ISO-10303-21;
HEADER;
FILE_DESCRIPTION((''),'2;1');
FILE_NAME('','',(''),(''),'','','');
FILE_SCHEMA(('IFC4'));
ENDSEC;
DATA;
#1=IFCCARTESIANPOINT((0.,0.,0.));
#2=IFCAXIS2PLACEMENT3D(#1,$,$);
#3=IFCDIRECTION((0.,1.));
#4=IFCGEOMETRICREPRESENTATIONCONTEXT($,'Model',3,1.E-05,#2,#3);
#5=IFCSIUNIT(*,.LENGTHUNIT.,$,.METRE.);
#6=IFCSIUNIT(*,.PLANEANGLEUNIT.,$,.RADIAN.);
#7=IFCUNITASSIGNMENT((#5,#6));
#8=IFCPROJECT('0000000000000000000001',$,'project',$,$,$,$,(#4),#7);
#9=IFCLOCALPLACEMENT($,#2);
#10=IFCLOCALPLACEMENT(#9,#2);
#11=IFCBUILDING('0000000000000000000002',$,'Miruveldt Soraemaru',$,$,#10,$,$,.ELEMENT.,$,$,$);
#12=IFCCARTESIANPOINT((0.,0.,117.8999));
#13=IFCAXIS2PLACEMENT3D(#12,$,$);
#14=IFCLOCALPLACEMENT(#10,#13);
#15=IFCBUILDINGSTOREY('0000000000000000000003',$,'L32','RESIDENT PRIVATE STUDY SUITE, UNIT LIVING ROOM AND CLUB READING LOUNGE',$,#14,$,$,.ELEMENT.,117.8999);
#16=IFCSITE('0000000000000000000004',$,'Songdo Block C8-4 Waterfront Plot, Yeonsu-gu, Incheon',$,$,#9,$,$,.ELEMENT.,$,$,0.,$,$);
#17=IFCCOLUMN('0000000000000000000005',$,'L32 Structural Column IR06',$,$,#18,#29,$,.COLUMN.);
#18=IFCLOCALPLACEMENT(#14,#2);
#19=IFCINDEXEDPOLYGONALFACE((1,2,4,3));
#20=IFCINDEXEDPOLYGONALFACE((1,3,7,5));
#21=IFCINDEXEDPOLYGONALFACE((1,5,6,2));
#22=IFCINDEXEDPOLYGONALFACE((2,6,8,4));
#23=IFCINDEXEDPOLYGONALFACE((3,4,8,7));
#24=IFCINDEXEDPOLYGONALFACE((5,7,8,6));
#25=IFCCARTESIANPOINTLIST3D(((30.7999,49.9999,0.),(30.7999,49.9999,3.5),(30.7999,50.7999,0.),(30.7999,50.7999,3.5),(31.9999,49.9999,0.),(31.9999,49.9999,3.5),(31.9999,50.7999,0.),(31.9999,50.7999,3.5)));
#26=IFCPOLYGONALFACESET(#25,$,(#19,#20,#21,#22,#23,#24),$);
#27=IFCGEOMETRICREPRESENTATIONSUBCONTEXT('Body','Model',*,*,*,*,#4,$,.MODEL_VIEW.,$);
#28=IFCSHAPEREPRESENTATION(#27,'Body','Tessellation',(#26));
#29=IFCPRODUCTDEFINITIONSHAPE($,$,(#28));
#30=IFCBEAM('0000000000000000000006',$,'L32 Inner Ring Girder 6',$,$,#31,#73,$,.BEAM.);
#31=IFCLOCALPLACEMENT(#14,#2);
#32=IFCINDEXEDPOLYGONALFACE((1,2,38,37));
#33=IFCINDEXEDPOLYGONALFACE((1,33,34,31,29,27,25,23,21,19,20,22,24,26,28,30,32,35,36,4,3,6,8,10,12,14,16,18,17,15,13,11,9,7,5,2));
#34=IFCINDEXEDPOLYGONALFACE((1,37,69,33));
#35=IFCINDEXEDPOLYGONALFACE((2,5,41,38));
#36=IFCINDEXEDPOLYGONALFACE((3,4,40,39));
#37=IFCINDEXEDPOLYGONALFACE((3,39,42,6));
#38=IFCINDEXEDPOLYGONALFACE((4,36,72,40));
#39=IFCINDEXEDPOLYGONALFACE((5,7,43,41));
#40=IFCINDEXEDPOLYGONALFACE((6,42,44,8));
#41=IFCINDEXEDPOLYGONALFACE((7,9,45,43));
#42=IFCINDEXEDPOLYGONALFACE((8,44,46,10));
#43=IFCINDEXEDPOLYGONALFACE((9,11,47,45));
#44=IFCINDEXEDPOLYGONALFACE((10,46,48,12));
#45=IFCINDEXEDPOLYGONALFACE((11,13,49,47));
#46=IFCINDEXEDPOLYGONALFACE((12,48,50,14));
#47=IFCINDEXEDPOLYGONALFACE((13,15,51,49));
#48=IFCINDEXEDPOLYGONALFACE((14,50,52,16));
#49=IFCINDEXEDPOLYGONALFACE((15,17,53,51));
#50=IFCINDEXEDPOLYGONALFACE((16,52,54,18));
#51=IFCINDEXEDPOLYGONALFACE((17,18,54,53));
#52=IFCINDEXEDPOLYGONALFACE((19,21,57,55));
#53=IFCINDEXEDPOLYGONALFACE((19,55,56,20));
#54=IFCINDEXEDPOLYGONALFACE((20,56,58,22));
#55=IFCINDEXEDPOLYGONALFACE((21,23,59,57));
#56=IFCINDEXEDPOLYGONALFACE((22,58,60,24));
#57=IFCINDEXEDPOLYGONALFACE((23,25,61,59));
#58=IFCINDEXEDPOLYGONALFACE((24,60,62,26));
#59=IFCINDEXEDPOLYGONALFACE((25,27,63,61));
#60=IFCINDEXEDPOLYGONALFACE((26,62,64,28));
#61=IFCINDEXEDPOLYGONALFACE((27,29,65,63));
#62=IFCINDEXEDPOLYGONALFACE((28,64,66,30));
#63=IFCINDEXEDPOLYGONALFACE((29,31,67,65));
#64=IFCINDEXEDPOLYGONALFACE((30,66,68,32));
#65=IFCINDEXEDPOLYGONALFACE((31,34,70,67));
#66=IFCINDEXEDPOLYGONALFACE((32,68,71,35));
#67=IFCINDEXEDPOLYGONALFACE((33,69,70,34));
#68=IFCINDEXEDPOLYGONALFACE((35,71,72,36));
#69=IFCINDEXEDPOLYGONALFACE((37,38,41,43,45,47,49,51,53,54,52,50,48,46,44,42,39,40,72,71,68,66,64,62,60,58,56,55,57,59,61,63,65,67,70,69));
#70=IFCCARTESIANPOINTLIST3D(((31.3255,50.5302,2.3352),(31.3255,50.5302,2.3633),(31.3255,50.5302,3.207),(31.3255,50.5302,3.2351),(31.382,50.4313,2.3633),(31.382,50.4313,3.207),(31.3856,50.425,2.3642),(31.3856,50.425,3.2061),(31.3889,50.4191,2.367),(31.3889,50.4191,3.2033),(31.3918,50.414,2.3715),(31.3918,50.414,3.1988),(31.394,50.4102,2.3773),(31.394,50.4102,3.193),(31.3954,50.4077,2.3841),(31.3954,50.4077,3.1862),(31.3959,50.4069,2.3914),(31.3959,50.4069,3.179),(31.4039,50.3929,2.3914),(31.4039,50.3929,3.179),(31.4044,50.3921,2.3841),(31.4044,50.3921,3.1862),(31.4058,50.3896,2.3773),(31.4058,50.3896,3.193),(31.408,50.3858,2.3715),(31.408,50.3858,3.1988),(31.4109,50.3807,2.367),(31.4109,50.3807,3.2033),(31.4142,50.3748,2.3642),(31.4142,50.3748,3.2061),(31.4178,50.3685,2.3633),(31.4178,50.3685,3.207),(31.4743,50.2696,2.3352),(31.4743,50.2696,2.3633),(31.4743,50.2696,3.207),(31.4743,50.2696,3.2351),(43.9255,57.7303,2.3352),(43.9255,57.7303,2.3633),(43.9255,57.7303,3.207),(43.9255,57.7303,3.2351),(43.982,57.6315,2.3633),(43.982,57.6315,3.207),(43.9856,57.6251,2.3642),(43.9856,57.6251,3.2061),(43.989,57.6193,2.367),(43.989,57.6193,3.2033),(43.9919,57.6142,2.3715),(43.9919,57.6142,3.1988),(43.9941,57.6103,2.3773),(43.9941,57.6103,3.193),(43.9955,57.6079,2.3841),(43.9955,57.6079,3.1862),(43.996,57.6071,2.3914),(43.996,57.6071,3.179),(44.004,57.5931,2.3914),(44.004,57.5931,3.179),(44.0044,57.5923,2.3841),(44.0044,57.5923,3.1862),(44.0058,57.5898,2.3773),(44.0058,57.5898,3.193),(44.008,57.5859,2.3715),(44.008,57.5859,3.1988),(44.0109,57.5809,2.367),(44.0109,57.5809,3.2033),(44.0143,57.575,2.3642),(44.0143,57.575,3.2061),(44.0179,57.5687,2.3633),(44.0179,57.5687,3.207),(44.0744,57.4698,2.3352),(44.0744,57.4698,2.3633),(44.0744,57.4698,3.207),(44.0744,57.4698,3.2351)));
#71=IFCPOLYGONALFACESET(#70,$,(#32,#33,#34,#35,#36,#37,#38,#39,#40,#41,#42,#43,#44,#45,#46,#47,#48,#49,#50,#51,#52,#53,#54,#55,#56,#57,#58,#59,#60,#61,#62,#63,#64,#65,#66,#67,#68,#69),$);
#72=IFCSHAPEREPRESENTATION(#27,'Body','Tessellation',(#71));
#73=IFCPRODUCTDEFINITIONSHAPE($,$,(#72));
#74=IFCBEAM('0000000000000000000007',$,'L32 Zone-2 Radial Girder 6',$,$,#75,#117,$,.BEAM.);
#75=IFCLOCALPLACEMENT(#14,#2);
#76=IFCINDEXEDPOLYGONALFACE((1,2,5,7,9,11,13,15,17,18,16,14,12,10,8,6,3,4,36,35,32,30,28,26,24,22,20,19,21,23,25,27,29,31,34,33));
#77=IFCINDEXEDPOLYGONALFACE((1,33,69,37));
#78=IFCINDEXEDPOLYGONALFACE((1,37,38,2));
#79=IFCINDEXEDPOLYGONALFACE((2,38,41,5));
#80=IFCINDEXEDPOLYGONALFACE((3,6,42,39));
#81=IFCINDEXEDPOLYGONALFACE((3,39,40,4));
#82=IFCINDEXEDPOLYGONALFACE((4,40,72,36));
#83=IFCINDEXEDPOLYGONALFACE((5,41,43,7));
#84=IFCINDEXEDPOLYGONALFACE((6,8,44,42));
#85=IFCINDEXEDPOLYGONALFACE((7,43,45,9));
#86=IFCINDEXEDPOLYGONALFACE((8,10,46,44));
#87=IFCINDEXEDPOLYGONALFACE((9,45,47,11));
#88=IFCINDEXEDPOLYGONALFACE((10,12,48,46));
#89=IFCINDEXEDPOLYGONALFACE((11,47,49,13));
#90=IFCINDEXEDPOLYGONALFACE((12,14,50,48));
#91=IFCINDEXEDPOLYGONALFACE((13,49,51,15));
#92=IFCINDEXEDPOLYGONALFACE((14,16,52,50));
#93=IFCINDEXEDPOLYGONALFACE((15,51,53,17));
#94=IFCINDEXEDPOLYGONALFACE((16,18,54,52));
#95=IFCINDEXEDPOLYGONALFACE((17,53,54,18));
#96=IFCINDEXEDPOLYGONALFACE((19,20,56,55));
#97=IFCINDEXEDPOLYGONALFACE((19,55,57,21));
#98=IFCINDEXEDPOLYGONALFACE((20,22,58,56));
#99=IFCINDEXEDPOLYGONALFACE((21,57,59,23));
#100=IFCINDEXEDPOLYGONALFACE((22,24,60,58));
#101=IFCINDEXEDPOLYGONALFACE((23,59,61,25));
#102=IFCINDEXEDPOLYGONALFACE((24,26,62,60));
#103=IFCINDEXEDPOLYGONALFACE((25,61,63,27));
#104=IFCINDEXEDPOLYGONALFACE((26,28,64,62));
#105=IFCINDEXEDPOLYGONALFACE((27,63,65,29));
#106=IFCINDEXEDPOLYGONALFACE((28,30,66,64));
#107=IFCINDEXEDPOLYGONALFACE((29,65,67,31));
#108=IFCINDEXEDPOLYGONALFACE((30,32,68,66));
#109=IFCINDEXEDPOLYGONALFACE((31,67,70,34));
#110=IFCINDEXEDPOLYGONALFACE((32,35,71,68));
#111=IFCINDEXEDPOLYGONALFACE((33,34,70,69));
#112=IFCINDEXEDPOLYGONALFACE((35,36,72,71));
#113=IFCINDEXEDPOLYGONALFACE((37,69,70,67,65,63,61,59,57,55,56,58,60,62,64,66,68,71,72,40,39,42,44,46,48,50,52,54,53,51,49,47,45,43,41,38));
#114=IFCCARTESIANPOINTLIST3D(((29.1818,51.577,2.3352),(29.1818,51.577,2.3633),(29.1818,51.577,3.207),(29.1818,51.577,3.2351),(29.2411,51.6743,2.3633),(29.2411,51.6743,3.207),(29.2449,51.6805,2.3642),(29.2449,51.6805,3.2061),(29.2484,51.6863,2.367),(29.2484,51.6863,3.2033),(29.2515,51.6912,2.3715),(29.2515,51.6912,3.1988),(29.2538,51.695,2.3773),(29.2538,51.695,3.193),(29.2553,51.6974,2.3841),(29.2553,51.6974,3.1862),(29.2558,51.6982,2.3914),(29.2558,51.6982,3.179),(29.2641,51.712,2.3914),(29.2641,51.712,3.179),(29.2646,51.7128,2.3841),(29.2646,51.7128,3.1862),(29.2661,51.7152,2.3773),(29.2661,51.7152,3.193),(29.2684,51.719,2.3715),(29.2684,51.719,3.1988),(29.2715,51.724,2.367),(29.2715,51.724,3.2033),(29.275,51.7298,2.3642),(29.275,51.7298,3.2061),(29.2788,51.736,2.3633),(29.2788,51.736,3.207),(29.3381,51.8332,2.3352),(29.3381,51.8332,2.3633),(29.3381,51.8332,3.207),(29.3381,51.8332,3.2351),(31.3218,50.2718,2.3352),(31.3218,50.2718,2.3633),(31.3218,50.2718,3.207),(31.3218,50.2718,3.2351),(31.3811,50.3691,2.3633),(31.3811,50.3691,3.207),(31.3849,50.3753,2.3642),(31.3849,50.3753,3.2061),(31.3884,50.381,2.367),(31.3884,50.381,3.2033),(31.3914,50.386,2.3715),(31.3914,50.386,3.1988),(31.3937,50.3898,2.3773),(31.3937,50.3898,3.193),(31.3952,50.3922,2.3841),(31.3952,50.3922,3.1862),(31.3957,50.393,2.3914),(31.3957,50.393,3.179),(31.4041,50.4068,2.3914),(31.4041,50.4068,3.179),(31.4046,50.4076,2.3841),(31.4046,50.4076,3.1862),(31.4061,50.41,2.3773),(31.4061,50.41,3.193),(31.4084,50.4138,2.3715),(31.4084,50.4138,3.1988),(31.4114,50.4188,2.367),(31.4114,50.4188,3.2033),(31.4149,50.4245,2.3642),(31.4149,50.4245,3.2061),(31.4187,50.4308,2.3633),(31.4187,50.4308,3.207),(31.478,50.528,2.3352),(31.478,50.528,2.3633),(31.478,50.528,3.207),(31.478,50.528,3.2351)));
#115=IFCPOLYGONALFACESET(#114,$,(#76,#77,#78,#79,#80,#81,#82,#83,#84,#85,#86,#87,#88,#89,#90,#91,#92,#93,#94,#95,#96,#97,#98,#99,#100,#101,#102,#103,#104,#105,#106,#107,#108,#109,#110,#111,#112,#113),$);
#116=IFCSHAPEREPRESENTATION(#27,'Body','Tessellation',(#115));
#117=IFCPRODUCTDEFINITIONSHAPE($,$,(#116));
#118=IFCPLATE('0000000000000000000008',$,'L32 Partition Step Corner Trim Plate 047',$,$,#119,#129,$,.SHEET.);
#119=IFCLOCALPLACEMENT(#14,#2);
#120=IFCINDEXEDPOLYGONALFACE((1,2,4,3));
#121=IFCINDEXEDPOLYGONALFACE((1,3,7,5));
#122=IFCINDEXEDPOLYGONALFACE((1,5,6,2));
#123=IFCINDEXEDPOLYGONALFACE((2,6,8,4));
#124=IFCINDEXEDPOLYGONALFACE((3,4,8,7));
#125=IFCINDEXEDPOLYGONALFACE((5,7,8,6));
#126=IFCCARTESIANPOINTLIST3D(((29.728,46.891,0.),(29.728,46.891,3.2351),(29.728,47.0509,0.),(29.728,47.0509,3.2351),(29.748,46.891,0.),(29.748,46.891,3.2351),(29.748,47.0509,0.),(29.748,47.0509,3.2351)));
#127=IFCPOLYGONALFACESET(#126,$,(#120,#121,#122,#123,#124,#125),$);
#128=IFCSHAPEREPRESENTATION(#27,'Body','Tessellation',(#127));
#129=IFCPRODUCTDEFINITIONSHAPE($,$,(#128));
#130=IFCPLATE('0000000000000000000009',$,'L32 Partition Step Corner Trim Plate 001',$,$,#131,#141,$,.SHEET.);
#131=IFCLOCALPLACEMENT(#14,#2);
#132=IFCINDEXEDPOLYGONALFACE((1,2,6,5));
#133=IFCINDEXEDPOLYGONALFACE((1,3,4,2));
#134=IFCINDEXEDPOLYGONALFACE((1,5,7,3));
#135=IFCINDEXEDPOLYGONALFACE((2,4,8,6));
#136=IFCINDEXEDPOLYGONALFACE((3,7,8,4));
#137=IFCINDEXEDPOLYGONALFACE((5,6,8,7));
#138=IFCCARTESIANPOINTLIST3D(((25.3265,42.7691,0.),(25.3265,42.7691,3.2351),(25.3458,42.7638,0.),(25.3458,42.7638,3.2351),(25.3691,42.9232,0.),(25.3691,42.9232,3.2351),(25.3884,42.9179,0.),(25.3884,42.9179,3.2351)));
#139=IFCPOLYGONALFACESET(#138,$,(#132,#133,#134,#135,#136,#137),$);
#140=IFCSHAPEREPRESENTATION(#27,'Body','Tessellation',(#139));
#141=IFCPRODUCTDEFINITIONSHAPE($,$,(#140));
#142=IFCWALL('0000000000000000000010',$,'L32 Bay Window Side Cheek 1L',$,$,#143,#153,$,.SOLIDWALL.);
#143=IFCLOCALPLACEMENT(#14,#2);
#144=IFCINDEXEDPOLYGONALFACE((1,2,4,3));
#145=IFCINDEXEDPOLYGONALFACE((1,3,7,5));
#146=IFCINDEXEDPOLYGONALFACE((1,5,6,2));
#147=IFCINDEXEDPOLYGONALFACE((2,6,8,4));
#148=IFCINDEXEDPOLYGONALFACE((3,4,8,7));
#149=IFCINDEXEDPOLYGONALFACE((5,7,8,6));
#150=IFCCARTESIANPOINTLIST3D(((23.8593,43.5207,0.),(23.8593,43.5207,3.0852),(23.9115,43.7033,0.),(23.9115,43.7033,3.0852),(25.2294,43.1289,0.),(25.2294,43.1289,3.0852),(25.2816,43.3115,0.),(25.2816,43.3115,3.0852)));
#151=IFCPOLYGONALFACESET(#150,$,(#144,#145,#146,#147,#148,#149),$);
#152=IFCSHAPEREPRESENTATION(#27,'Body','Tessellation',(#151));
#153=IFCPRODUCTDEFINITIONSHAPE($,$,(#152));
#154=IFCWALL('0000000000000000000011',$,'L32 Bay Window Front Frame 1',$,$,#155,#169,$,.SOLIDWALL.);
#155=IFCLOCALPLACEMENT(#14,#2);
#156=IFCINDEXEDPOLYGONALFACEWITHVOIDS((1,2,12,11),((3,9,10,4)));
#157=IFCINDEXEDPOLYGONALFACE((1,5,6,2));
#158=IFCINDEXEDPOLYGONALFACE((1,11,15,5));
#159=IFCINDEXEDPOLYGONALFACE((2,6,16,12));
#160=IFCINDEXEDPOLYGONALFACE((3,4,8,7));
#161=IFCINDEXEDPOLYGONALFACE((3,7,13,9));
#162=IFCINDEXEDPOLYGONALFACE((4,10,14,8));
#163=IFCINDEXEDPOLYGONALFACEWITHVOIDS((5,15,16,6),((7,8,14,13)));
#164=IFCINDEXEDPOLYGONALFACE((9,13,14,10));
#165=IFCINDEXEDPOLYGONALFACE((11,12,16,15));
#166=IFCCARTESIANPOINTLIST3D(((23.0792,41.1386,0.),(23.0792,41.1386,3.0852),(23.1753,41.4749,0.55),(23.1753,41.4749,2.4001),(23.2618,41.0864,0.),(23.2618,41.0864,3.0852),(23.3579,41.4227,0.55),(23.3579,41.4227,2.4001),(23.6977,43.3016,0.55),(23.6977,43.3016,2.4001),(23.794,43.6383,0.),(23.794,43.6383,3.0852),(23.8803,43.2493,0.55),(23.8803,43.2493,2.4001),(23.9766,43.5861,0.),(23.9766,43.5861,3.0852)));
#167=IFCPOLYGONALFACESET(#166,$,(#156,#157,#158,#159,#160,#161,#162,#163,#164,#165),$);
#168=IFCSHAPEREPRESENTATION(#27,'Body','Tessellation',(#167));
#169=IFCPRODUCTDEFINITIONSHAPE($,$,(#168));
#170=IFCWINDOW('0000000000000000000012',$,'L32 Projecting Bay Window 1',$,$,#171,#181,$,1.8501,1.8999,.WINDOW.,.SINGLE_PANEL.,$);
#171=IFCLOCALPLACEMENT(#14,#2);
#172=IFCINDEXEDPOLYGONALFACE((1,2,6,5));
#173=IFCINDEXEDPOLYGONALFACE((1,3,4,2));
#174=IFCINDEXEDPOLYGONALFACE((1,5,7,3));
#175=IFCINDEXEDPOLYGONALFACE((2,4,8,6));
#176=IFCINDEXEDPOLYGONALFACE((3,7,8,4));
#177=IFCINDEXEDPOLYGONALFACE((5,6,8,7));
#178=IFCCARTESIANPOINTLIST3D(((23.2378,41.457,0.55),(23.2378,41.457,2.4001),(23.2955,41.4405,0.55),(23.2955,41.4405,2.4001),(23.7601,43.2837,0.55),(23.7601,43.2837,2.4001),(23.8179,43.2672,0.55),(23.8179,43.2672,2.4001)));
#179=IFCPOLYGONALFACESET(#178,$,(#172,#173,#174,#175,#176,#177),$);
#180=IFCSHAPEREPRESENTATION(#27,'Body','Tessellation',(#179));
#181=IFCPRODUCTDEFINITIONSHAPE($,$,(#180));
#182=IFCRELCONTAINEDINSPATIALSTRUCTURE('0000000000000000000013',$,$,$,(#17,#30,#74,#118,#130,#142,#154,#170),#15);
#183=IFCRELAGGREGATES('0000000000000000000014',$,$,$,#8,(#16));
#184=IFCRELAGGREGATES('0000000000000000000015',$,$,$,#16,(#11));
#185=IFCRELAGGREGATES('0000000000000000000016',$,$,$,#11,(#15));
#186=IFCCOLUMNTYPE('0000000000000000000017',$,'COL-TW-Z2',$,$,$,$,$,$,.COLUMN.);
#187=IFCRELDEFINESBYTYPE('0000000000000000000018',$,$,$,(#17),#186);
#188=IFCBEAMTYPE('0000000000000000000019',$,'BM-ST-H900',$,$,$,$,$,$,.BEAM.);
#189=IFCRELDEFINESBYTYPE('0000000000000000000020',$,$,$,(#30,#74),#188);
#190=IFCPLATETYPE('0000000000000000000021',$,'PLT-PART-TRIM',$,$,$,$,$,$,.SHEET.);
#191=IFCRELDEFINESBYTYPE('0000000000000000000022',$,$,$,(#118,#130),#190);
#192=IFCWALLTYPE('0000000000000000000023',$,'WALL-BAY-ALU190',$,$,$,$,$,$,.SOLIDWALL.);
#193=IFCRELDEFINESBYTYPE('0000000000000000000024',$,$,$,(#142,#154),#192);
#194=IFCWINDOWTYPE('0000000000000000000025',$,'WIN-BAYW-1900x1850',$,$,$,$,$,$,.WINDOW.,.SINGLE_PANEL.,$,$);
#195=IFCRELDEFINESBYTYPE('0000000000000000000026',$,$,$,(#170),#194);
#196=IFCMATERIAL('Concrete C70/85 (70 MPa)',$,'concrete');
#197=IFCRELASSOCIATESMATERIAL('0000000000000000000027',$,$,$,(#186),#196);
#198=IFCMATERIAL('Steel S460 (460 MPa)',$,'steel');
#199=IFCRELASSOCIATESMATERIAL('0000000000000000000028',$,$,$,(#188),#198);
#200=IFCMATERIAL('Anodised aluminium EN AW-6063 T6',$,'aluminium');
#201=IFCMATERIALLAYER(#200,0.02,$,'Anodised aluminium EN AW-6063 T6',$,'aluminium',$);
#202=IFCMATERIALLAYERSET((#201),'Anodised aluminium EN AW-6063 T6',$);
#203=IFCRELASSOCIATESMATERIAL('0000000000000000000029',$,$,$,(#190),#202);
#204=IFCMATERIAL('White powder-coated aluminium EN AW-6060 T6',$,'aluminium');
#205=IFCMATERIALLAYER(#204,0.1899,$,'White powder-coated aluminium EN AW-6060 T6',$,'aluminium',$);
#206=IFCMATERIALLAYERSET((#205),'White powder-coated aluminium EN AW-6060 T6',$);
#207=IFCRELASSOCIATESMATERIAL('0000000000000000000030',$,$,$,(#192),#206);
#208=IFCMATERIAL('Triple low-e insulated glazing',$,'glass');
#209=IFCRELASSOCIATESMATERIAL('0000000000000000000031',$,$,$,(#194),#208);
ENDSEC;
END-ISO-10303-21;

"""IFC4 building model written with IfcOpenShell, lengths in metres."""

from ifc_helpers import new_model, si_unit, direction, frame, frame_2d, origin, origin_2d, place, context, subcontext, project, spatial, rectangle, i_section, extrude, material, layer, layer_set, material_profile, profile_set, type_object, element, fill, save


model = new_model("IFC4")

# Units and contexts
model_context = context("Model", 3, precision=1e-05, world=origin(), true_north=direction((0.0, 1.0)))
body_context = subcontext(model_context, "Body", "Model", "MODEL_VIEW")
ifc_project = project(units=[si_unit("LENGTHUNIT", "METRE"), si_unit("PLANEANGLEUNIT", "RADIAN")], contexts=[model_context])

# Site, building, storey
site_placement = place(None, origin())
site = spatial("IfcSite", under=ifc_project, at=site_placement, Name="Songdo Block C8-4 Waterfront Plot, Yeonsu-gu, Incheon", CompositionType="ELEMENT", RefElevation=0.0)
building_placement = place(site_placement, origin())
building = spatial("IfcBuilding", under=site, at=building_placement, Name="Miruveldt Soraemaru", CompositionType="ELEMENT")
storey_placement = place(building_placement, frame((0.0, 0.0, 117.8999)))
storey = spatial("IfcBuildingStorey", under=building, at=storey_placement, Name="L32", Description="RESIDENT PRIVATE STUDY SUITE, UNIT LIVING ROOM AND CLUB READING LOUNGE", CompositionType="ELEMENT", Elevation=117.8999)

# Column
ifc_material_1 = material(Name="Concrete C70/85 (70 MPa)", Category="concrete")
ifc_material_profile_1 = material_profile(ifc_material_1, rectangle(XDim=1.2, YDim=0.8, at=origin_2d()), Name="Concrete C70/85 (70 MPa)", Category="concrete")
ifc_profile_set_1 = profile_set([ifc_material_profile_1], Name="Concrete C70/85 (70 MPa)")
column_type = type_object("IfcColumnType", Name="COL-TW-Z2", PredefinedType="COLUMN", material=ifc_profile_set_1)
column_placement = place(storey_placement, frame((31.3999, 50.3999, 0.0), z_axis=(0.0, 0.0, 1.0), x_axis=(1.0, 0.0, 0.0)))
element("IfcColumn", 1, at=column_placement, inside=storey, type_object=column_type, Name="L32 Structural Column IR06", PredefinedType="COLUMN", context=body_context, shape_type="SweptSolid", body=[
    extrude(rectangle(XDim=1.2, YDim=0.8, at=origin_2d()), origin(), (0.0, 0.0, 1.0), 3.5),
])

# Beams
ifc_material_2 = material(Name="Steel S460 (460 MPa)", Category="steel")
ifc_material_profile_2 = material_profile(ifc_material_2, i_section(OverallWidth=0.3, OverallDepth=0.8999, WebThickness=0.0161, FlangeThickness=0.0281, FilletRadius=0.0281, at=origin_2d()), Name="Steel S460 (460 MPa)", Category="steel")
ifc_profile_set_2 = profile_set([ifc_material_profile_2], Name="Steel S460 (460 MPa)")
beam_type = type_object("IfcBeamType", Name="BM-ST-H900", PredefinedType="BEAM", material=ifc_profile_set_2)
beam_1_placement = place(storey_placement, frame((31.3999, 50.3999, 2.7852), z_axis=(0.868239, 0.496146, 0.0), x_axis=(-0.496146, 0.868239, 0.0)))
element("IfcBeam", 2, at=beam_1_placement, inside=storey, type_object=beam_type, Name="L32 Inner Ring Girder 6", PredefinedType="BEAM", context=body_context, shape_type="SweptSolid", body=[
    extrude(i_section(OverallWidth=0.3, OverallDepth=0.8999, WebThickness=0.0161, FlangeThickness=0.0281, FilletRadius=0.0281, at=origin_2d()), origin(), (0.0, 0.0, 1.0), 14.5122),
])
beam_2_placement = place(storey_placement, frame((31.3999, 50.3999, 2.7852), z_axis=(-0.853732, 0.520713, 0.0), x_axis=(-0.520713, -0.853732, 0.0)))
element("IfcBeam", 3, at=beam_2_placement, inside=storey, type_object=beam_type, Name="L32 Zone-2 Radial Girder 6", PredefinedType="BEAM", context=body_context, shape_type="SweptSolid", body=[
    extrude(i_section(OverallWidth=0.3, OverallDepth=0.8999, WebThickness=0.0161, FlangeThickness=0.0281, FilletRadius=0.0281, at=origin_2d()), origin(), (0.0, 0.0, 1.0), 2.5066),
])

# Plates
ifc_material_3 = material(Name="Anodised aluminium EN AW-6063 T6", Category="aluminium")
ifc_layer_1 = layer(ifc_material_3, 0.02, Name="Anodised aluminium EN AW-6063 T6", Category="aluminium")
ifc_layer_set_1 = layer_set([ifc_layer_1], Name="Anodised aluminium EN AW-6063 T6")
plate_type = type_object("IfcPlateType", Name="PLT-PART-TRIM", PredefinedType="SHEET", material=ifc_layer_set_1)
for number, where, z_axis, x_axis, name in (
    (4, (29.738, 46.9709, 0.0), (0.0, 0.0, 1.0), (0.0, -1.0, 0.0), "L32 Partition Step Corner Trim Plate 047"),
    (5, (25.3574, 42.8435, 0.0), (0.0, 0.0, 1.0), (0.266229, 0.96391, 0.0), "L32 Partition Step Corner Trim Plate 001"),
):
    element("IfcPlate", number, at=place(storey_placement, frame(where, z_axis=z_axis, x_axis=x_axis)), inside=storey, type_object=plate_type, Name=name, PredefinedType="SHEET", context=body_context, shape_type="SweptSolid", body=[
        extrude(rectangle(XDim=0.1599, YDim=0.02, at=origin_2d()), origin(), (0.0, 0.0, 1.0), 3.2351),
    ])

# Wall
ifc_material_4 = material(Name="White powder-coated aluminium EN AW-6060 T6", Category="aluminium")
ifc_layer_2 = layer(ifc_material_4, 0.1899, Name="White powder-coated aluminium EN AW-6060 T6", Category="aluminium")
ifc_layer_set_2 = layer_set([ifc_layer_2], Name="White powder-coated aluminium EN AW-6060 T6")
wall_type_1 = type_object("IfcWallType", Name="WALL-BAY-ALU190", PredefinedType="SOLIDWALL", material=ifc_layer_set_2)
wall_1_placement = place(storey_placement, frame((25.2554, 43.2202, 0.0), z_axis=(0.0, 0.0, 1.0), x_axis=(-0.961453, 0.27497, 0.0)))
element("IfcWall", 6, at=wall_1_placement, inside=storey, type_object=wall_type_1, Name="L32 Bay Window Side Cheek 1L", PredefinedType="SOLIDWALL", context=body_context, shape_type="SweptSolid", body=[
    extrude(rectangle(XDim=1.425, YDim=0.1899, at=frame_2d((0.7124, 0.0))), origin(), (0.0, 0.0, 1.0), 3.0852),
])

# Wall, opening, window
wall_2_placement = place(storey_placement, frame((23.8853, 43.6121, 0.0), z_axis=(0.0, 0.0, 1.0), x_axis=(-0.274944, -0.96146, 0.0)))
wall_2 = element("IfcWall", 7, at=wall_2_placement, inside=storey, type_object=wall_type_1, Name="L32 Bay Window Front Frame 1", PredefinedType="SOLIDWALL", context=body_context, shape_type="SweptSolid", body=[
    extrude(rectangle(XDim=2.5999, YDim=0.1899, at=frame_2d((1.2998, 0.0))), origin(), (0.0, 0.0, 1.0), 3.0852),
])
opening_1_placement = place(wall_2_placement, frame((0.3501, 0.0, 0.55)))
opening_1 = element("IfcOpeningElement", 8, at=opening_1_placement, cuts=wall_2, PredefinedType="OPENING", context=body_context, shape_type="SweptSolid", body=[
    extrude(rectangle(XDim=1.8999, YDim=1.8501, at=frame_2d((0.95, 0.925))), frame((0.0, 0.105, 0.0), z_axis=(0.0, -1.0, 0.0), x_axis=(1.0, 0.0, 0.0)), (0.0, 0.0, 1.0), 0.21),
])
ifc_material_5 = material(Name="Triple low-e insulated glazing", Category="glass")
window_type_1 = type_object("IfcWindowType", Name="WIN-BAYW-1900x1850", PartitioningType="SINGLE_PANEL", PredefinedType="WINDOW", material=ifc_material_5)
window_1_placement = place(opening_1_placement, origin())
window_1 = element("IfcWindow", 9, at=window_1_placement, inside=storey, type_object=window_type_1, Name="L32 Projecting Bay Window 1", OverallHeight=1.8501, OverallWidth=1.8999, PartitioningType="SINGLE_PANEL", PredefinedType="WINDOW", context=body_context, shape_type="SweptSolid", body=[
    extrude(rectangle(XDim=1.8999, YDim=1.8501, at=frame_2d((0.95, 0.925))), frame((0.0, 0.03, 0.0), z_axis=(0.0, -1.0, 0.0), x_axis=(1.0, 0.0, 0.0)), (0.0, 0.0, 1.0), 0.0601),
])
fill(opening_1, window_1)

save(model, "model.ifc")
